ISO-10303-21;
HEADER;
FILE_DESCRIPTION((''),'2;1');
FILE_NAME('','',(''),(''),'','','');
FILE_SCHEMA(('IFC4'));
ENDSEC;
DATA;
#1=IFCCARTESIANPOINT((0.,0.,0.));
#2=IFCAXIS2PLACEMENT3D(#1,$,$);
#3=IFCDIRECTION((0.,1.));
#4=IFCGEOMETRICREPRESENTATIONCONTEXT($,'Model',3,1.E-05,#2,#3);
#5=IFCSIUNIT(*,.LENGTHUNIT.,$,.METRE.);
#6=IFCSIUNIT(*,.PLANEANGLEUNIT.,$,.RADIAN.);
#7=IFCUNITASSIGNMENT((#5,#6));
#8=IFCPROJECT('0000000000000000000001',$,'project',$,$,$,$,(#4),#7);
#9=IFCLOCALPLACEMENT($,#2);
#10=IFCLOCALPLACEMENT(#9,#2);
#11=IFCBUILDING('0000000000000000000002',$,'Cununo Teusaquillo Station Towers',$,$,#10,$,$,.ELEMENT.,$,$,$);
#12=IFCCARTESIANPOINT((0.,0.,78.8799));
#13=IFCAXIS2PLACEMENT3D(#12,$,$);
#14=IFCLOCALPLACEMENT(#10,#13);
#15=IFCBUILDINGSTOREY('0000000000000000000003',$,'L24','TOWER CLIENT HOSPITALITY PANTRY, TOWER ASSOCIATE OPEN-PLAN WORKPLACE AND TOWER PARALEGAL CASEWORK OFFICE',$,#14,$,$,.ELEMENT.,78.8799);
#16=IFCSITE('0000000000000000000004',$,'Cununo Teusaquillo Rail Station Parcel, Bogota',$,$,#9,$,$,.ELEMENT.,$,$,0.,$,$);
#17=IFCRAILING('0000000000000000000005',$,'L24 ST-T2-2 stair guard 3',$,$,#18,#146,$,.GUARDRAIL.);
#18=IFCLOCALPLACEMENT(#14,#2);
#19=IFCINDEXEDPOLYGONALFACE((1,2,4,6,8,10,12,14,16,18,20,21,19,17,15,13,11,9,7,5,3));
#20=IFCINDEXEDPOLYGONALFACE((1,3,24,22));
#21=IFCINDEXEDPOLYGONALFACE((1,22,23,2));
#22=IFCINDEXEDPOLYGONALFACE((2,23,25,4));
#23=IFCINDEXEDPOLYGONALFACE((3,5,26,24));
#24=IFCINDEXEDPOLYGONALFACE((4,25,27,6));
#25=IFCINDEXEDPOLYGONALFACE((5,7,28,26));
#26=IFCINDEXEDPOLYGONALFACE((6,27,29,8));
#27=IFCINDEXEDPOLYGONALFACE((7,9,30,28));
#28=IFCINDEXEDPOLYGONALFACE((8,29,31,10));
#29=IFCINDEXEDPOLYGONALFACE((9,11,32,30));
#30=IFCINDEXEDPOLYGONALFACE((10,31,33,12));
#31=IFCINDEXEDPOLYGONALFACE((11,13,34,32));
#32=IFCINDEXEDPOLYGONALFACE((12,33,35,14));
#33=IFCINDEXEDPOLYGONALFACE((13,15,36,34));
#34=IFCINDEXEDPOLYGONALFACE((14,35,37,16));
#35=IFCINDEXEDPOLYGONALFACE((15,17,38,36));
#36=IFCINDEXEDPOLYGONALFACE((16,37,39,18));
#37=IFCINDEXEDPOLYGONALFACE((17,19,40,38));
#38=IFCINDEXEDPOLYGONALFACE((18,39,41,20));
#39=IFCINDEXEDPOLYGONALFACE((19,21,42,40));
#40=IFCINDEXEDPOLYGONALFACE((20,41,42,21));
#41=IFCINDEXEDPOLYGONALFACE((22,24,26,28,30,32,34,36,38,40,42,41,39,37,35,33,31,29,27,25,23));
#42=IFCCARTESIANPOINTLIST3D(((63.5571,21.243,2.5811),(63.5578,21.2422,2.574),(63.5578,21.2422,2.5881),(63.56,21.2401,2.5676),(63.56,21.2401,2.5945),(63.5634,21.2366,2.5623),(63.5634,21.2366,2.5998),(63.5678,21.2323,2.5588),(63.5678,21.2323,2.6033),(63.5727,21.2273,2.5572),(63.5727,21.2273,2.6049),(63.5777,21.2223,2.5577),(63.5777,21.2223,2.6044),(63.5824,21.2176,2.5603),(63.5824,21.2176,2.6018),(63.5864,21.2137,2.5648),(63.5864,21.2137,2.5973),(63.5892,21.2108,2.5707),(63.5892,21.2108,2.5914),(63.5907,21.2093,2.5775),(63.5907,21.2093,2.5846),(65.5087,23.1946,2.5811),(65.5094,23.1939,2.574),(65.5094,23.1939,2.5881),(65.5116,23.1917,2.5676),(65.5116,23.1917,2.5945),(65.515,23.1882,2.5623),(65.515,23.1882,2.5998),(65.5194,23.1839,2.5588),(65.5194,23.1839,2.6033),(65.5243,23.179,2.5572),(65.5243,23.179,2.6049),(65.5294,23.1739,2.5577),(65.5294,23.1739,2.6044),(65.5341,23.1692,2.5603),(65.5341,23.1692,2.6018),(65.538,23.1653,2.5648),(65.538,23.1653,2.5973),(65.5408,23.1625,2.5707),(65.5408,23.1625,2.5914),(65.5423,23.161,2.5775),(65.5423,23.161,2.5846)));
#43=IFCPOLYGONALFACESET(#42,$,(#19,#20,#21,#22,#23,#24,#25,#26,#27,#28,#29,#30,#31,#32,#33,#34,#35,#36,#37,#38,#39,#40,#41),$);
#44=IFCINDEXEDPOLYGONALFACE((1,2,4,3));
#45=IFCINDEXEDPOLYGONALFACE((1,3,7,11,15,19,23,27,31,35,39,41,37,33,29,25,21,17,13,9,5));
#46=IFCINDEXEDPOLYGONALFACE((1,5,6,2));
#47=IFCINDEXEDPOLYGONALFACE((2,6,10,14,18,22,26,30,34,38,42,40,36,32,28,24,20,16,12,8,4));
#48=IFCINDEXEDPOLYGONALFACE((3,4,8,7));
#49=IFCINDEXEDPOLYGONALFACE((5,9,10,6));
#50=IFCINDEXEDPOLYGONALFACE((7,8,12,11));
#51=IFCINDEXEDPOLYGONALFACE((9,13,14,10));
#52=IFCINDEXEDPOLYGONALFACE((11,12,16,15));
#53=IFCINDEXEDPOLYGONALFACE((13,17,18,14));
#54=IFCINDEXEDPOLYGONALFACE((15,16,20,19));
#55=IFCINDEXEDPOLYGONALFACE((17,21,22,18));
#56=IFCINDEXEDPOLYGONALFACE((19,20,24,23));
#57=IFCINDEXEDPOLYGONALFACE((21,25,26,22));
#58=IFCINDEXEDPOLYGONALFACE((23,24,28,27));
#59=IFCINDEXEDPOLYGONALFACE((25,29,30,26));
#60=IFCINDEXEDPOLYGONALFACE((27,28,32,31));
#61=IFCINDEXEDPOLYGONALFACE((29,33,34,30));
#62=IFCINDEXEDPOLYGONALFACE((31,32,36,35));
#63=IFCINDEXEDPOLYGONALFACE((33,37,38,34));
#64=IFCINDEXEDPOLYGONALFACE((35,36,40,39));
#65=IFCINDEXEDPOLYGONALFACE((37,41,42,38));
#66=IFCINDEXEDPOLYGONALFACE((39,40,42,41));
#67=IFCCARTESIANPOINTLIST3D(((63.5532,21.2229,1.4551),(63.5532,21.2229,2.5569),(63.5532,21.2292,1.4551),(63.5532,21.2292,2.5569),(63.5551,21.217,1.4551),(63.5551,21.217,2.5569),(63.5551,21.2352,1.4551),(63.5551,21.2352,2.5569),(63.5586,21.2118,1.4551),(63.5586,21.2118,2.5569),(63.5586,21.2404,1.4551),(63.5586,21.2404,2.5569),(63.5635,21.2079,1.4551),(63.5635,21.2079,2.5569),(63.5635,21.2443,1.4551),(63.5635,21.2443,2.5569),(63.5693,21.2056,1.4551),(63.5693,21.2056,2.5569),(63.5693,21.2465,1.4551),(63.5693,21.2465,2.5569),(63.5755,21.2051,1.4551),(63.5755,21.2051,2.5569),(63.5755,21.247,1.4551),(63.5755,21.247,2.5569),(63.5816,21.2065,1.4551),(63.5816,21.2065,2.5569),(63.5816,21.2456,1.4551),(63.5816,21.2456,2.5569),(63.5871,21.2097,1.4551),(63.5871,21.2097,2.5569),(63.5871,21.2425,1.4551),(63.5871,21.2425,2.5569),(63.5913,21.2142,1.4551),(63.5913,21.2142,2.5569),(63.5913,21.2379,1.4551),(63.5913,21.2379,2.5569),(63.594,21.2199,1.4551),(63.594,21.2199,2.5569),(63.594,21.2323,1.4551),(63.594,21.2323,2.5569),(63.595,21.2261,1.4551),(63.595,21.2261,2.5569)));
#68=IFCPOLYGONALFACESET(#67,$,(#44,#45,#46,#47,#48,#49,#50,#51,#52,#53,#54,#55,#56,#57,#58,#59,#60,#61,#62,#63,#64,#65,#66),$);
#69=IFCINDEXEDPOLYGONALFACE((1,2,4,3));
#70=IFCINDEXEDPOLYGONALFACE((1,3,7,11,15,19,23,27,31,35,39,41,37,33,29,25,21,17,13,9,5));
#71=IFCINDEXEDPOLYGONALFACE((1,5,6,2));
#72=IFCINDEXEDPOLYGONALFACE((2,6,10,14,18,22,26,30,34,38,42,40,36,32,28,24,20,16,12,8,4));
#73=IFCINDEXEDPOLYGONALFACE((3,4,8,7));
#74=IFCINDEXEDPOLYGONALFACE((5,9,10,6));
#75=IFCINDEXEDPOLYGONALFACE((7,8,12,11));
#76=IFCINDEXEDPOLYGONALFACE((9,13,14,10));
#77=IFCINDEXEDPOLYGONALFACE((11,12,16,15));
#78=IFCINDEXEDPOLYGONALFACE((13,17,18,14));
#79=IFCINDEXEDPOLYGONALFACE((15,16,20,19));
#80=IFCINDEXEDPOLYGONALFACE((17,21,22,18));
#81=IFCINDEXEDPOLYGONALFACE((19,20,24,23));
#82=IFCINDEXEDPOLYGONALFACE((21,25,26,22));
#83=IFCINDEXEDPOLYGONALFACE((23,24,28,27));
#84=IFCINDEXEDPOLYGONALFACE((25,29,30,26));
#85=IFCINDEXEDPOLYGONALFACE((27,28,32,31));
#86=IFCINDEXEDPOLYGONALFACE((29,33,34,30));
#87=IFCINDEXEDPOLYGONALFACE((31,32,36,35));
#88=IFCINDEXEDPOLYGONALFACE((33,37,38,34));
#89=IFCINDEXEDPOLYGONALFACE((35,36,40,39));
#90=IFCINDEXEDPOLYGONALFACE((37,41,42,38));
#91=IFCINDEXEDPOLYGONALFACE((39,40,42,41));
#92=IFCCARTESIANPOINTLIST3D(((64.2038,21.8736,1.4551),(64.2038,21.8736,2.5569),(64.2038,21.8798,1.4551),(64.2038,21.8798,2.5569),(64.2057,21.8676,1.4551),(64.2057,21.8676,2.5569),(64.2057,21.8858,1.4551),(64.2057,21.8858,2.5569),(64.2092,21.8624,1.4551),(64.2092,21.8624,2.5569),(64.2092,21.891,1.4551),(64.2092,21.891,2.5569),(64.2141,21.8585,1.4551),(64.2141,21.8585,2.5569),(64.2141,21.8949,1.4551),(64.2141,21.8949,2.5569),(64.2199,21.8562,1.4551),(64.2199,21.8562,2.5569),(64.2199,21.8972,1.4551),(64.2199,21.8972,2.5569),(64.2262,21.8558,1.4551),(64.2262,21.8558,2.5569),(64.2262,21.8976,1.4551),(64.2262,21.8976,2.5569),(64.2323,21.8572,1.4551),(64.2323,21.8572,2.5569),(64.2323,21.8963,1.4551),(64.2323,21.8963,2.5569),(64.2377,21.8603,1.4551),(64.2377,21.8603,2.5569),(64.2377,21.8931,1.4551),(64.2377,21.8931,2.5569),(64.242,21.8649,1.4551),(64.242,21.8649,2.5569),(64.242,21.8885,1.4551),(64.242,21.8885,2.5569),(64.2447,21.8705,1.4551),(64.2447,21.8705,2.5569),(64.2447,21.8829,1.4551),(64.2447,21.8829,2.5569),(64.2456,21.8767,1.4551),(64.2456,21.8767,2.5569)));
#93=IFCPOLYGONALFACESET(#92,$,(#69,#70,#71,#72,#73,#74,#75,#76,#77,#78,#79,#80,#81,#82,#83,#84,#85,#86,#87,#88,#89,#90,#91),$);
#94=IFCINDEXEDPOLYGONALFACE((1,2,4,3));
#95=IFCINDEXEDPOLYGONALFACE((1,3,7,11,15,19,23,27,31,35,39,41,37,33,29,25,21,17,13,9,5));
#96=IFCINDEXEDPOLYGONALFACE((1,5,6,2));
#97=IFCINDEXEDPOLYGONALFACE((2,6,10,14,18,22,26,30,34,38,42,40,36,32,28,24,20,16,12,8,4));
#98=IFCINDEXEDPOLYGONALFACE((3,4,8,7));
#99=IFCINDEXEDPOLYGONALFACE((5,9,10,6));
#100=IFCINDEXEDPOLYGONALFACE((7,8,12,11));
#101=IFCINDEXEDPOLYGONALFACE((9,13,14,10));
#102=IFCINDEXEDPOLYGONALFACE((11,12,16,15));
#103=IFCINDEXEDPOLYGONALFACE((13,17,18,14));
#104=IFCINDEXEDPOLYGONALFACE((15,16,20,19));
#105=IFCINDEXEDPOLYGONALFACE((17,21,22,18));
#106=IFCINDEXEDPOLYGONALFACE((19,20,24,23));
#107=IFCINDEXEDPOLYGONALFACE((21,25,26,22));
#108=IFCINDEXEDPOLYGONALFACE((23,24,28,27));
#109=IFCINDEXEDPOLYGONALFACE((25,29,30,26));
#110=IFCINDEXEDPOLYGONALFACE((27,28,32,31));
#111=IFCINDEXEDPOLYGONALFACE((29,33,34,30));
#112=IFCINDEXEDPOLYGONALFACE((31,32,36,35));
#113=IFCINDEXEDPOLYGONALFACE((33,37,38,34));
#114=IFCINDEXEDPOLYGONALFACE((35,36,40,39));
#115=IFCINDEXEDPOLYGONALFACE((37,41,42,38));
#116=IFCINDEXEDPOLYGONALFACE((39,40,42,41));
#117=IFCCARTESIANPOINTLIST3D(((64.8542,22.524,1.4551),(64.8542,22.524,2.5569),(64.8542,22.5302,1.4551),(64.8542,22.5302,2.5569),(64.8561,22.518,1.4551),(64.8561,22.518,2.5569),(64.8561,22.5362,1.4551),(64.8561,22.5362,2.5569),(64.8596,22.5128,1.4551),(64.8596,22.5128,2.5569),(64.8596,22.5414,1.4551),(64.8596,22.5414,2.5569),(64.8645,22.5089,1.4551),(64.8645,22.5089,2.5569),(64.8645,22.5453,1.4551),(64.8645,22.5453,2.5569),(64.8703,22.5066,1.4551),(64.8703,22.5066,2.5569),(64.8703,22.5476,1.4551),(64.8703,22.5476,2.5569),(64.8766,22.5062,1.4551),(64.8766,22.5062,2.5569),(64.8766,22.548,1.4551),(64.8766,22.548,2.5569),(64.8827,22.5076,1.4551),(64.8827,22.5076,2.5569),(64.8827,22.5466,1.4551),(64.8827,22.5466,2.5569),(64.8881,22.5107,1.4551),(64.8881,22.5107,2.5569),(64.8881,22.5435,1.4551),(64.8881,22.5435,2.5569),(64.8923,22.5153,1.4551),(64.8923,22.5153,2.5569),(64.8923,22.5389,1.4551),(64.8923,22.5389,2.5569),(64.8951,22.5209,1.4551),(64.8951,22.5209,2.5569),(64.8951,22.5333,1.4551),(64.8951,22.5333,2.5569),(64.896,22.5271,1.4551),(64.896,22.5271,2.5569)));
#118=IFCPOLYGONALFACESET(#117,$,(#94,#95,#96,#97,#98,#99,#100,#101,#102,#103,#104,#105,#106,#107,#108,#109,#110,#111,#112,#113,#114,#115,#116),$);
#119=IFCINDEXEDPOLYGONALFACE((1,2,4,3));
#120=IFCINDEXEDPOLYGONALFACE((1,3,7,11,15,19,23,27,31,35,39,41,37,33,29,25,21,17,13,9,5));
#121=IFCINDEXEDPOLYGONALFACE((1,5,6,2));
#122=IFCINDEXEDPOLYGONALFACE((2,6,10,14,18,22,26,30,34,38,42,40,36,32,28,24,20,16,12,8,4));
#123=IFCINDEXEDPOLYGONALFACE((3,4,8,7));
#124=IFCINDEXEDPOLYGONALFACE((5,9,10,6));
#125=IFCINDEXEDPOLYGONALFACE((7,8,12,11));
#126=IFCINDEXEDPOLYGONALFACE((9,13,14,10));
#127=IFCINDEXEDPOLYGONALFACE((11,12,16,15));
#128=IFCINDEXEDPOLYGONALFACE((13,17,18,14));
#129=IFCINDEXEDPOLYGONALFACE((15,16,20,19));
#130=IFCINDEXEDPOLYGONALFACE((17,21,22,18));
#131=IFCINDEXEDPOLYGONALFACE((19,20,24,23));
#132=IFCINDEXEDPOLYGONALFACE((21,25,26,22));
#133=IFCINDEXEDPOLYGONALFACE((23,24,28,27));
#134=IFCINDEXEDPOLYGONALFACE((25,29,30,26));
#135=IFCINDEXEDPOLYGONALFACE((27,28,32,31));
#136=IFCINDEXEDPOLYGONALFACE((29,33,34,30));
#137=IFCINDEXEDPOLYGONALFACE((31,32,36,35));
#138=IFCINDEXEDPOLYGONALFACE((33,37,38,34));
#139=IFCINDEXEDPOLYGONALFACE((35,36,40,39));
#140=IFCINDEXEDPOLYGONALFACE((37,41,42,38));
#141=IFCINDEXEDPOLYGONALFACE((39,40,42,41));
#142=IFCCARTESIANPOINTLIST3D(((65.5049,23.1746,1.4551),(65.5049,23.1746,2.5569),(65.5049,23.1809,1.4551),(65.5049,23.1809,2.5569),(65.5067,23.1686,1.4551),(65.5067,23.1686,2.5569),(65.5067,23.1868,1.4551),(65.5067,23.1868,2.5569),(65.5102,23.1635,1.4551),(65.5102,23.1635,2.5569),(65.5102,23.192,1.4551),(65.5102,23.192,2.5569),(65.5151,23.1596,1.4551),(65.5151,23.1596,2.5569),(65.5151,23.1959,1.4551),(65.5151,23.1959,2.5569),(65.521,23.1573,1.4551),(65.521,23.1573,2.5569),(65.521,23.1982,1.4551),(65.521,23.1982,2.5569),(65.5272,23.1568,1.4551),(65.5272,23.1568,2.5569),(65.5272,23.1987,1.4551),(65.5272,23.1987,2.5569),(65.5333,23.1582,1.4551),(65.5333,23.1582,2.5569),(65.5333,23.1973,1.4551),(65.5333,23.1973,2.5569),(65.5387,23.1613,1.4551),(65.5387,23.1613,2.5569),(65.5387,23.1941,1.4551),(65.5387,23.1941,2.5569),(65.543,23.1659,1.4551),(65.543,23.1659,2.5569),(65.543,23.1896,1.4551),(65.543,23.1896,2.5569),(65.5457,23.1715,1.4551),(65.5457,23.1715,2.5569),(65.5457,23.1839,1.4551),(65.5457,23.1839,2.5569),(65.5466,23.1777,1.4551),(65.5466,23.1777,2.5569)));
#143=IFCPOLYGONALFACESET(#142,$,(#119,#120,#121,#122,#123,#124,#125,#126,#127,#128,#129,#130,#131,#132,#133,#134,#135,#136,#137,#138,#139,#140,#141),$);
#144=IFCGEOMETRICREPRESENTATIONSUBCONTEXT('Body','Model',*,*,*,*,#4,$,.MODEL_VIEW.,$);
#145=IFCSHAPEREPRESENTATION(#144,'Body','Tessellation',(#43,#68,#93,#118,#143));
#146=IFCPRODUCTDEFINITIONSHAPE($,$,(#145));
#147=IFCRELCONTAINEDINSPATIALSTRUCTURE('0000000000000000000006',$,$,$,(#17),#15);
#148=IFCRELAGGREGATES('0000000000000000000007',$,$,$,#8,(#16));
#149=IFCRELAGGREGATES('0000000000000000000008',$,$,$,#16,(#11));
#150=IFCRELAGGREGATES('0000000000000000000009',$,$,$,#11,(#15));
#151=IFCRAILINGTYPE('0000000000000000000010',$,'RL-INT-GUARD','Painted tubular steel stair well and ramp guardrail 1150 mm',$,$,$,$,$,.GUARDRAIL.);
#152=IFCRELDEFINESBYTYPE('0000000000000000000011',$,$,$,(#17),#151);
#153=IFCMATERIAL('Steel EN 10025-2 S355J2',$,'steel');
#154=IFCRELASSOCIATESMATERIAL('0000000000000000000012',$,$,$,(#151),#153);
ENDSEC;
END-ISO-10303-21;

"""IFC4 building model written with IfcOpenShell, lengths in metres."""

from ifc_helpers import new_model, si_unit, direction, frame, origin, origin_2d, place, context, subcontext, project, spatial, circle, extrude, material, type_object, element, save


model = new_model("IFC4")

# Units and contexts
model_context = context("Model", 3, precision=1e-05, world=origin(), true_north=direction((0.0, 1.0)))
body_context = subcontext(model_context, "Body", "Model", "MODEL_VIEW")
ifc_project = project(units=[si_unit("LENGTHUNIT", "METRE"), si_unit("PLANEANGLEUNIT", "RADIAN")], contexts=[model_context])

# Site, building, storey
site_placement = place(None, origin())
site = spatial("IfcSite", under=ifc_project, at=site_placement, Name="Cununo Teusaquillo Rail Station Parcel, Bogota", CompositionType="ELEMENT", RefElevation=0.0)
building_placement = place(site_placement, origin())
building = spatial("IfcBuilding", under=site, at=building_placement, Name="Cununo Teusaquillo Station Towers", CompositionType="ELEMENT")
storey_placement = place(building_placement, frame((0.0, 0.0, 78.8799)))
storey = spatial("IfcBuildingStorey", under=building, at=storey_placement, Name="L24", Description="TOWER CLIENT HOSPITALITY PANTRY, TOWER ASSOCIATE OPEN-PLAN WORKPLACE AND TOWER PARALEGAL CASEWORK OFFICE", CompositionType="ELEMENT", Elevation=78.8799)

# Railing
ifc_material_1 = material(Name="Steel EN 10025-2 S355J2", Category="steel")
railing_type = type_object("IfcRailingType", Name="RL-INT-GUARD", Description="Painted tubular steel stair well and ramp guardrail 1150 mm", PredefinedType="GUARDRAIL", material=ifc_material_1)
railing_1_placement = place(storey_placement, frame((63.574, 21.2261, 1.4551)))
element("IfcRailing", 1, at=railing_1_placement, inside=storey, type_object=railing_type, Name="L24 ST-T2-2 stair guard 3", PredefinedType="GUARDRAIL", context=body_context, shape_type="SweptSolid", body=[
    extrude(circle(Radius=0.0239, at=origin_2d()), frame((0.0, 0.0, 1.126), z_axis=(0.707107, 0.707107, 0.0), x_axis=(-0.707107, 0.707107, 0.0)), (0.0, 0.0, 1.0), 2.76),
    extrude(circle(Radius=0.021, at=origin_2d()), origin(), (0.0, 0.0, 1.0), 1.1018),
    extrude(circle(Radius=0.021, at=origin_2d()), frame((0.6506, 0.6506, 0.0)), (0.0, 0.0, 1.0), 1.1018),
    extrude(circle(Radius=0.021, at=origin_2d()), frame((1.301, 1.301, 0.0)), (0.0, 0.0, 1.0), 1.1018),
    extrude(circle(Radius=0.021, at=origin_2d()), frame((1.9517, 1.9517, 0.0)), (0.0, 0.0, 1.0), 1.1018),
])

save(model, "model.ifc")
